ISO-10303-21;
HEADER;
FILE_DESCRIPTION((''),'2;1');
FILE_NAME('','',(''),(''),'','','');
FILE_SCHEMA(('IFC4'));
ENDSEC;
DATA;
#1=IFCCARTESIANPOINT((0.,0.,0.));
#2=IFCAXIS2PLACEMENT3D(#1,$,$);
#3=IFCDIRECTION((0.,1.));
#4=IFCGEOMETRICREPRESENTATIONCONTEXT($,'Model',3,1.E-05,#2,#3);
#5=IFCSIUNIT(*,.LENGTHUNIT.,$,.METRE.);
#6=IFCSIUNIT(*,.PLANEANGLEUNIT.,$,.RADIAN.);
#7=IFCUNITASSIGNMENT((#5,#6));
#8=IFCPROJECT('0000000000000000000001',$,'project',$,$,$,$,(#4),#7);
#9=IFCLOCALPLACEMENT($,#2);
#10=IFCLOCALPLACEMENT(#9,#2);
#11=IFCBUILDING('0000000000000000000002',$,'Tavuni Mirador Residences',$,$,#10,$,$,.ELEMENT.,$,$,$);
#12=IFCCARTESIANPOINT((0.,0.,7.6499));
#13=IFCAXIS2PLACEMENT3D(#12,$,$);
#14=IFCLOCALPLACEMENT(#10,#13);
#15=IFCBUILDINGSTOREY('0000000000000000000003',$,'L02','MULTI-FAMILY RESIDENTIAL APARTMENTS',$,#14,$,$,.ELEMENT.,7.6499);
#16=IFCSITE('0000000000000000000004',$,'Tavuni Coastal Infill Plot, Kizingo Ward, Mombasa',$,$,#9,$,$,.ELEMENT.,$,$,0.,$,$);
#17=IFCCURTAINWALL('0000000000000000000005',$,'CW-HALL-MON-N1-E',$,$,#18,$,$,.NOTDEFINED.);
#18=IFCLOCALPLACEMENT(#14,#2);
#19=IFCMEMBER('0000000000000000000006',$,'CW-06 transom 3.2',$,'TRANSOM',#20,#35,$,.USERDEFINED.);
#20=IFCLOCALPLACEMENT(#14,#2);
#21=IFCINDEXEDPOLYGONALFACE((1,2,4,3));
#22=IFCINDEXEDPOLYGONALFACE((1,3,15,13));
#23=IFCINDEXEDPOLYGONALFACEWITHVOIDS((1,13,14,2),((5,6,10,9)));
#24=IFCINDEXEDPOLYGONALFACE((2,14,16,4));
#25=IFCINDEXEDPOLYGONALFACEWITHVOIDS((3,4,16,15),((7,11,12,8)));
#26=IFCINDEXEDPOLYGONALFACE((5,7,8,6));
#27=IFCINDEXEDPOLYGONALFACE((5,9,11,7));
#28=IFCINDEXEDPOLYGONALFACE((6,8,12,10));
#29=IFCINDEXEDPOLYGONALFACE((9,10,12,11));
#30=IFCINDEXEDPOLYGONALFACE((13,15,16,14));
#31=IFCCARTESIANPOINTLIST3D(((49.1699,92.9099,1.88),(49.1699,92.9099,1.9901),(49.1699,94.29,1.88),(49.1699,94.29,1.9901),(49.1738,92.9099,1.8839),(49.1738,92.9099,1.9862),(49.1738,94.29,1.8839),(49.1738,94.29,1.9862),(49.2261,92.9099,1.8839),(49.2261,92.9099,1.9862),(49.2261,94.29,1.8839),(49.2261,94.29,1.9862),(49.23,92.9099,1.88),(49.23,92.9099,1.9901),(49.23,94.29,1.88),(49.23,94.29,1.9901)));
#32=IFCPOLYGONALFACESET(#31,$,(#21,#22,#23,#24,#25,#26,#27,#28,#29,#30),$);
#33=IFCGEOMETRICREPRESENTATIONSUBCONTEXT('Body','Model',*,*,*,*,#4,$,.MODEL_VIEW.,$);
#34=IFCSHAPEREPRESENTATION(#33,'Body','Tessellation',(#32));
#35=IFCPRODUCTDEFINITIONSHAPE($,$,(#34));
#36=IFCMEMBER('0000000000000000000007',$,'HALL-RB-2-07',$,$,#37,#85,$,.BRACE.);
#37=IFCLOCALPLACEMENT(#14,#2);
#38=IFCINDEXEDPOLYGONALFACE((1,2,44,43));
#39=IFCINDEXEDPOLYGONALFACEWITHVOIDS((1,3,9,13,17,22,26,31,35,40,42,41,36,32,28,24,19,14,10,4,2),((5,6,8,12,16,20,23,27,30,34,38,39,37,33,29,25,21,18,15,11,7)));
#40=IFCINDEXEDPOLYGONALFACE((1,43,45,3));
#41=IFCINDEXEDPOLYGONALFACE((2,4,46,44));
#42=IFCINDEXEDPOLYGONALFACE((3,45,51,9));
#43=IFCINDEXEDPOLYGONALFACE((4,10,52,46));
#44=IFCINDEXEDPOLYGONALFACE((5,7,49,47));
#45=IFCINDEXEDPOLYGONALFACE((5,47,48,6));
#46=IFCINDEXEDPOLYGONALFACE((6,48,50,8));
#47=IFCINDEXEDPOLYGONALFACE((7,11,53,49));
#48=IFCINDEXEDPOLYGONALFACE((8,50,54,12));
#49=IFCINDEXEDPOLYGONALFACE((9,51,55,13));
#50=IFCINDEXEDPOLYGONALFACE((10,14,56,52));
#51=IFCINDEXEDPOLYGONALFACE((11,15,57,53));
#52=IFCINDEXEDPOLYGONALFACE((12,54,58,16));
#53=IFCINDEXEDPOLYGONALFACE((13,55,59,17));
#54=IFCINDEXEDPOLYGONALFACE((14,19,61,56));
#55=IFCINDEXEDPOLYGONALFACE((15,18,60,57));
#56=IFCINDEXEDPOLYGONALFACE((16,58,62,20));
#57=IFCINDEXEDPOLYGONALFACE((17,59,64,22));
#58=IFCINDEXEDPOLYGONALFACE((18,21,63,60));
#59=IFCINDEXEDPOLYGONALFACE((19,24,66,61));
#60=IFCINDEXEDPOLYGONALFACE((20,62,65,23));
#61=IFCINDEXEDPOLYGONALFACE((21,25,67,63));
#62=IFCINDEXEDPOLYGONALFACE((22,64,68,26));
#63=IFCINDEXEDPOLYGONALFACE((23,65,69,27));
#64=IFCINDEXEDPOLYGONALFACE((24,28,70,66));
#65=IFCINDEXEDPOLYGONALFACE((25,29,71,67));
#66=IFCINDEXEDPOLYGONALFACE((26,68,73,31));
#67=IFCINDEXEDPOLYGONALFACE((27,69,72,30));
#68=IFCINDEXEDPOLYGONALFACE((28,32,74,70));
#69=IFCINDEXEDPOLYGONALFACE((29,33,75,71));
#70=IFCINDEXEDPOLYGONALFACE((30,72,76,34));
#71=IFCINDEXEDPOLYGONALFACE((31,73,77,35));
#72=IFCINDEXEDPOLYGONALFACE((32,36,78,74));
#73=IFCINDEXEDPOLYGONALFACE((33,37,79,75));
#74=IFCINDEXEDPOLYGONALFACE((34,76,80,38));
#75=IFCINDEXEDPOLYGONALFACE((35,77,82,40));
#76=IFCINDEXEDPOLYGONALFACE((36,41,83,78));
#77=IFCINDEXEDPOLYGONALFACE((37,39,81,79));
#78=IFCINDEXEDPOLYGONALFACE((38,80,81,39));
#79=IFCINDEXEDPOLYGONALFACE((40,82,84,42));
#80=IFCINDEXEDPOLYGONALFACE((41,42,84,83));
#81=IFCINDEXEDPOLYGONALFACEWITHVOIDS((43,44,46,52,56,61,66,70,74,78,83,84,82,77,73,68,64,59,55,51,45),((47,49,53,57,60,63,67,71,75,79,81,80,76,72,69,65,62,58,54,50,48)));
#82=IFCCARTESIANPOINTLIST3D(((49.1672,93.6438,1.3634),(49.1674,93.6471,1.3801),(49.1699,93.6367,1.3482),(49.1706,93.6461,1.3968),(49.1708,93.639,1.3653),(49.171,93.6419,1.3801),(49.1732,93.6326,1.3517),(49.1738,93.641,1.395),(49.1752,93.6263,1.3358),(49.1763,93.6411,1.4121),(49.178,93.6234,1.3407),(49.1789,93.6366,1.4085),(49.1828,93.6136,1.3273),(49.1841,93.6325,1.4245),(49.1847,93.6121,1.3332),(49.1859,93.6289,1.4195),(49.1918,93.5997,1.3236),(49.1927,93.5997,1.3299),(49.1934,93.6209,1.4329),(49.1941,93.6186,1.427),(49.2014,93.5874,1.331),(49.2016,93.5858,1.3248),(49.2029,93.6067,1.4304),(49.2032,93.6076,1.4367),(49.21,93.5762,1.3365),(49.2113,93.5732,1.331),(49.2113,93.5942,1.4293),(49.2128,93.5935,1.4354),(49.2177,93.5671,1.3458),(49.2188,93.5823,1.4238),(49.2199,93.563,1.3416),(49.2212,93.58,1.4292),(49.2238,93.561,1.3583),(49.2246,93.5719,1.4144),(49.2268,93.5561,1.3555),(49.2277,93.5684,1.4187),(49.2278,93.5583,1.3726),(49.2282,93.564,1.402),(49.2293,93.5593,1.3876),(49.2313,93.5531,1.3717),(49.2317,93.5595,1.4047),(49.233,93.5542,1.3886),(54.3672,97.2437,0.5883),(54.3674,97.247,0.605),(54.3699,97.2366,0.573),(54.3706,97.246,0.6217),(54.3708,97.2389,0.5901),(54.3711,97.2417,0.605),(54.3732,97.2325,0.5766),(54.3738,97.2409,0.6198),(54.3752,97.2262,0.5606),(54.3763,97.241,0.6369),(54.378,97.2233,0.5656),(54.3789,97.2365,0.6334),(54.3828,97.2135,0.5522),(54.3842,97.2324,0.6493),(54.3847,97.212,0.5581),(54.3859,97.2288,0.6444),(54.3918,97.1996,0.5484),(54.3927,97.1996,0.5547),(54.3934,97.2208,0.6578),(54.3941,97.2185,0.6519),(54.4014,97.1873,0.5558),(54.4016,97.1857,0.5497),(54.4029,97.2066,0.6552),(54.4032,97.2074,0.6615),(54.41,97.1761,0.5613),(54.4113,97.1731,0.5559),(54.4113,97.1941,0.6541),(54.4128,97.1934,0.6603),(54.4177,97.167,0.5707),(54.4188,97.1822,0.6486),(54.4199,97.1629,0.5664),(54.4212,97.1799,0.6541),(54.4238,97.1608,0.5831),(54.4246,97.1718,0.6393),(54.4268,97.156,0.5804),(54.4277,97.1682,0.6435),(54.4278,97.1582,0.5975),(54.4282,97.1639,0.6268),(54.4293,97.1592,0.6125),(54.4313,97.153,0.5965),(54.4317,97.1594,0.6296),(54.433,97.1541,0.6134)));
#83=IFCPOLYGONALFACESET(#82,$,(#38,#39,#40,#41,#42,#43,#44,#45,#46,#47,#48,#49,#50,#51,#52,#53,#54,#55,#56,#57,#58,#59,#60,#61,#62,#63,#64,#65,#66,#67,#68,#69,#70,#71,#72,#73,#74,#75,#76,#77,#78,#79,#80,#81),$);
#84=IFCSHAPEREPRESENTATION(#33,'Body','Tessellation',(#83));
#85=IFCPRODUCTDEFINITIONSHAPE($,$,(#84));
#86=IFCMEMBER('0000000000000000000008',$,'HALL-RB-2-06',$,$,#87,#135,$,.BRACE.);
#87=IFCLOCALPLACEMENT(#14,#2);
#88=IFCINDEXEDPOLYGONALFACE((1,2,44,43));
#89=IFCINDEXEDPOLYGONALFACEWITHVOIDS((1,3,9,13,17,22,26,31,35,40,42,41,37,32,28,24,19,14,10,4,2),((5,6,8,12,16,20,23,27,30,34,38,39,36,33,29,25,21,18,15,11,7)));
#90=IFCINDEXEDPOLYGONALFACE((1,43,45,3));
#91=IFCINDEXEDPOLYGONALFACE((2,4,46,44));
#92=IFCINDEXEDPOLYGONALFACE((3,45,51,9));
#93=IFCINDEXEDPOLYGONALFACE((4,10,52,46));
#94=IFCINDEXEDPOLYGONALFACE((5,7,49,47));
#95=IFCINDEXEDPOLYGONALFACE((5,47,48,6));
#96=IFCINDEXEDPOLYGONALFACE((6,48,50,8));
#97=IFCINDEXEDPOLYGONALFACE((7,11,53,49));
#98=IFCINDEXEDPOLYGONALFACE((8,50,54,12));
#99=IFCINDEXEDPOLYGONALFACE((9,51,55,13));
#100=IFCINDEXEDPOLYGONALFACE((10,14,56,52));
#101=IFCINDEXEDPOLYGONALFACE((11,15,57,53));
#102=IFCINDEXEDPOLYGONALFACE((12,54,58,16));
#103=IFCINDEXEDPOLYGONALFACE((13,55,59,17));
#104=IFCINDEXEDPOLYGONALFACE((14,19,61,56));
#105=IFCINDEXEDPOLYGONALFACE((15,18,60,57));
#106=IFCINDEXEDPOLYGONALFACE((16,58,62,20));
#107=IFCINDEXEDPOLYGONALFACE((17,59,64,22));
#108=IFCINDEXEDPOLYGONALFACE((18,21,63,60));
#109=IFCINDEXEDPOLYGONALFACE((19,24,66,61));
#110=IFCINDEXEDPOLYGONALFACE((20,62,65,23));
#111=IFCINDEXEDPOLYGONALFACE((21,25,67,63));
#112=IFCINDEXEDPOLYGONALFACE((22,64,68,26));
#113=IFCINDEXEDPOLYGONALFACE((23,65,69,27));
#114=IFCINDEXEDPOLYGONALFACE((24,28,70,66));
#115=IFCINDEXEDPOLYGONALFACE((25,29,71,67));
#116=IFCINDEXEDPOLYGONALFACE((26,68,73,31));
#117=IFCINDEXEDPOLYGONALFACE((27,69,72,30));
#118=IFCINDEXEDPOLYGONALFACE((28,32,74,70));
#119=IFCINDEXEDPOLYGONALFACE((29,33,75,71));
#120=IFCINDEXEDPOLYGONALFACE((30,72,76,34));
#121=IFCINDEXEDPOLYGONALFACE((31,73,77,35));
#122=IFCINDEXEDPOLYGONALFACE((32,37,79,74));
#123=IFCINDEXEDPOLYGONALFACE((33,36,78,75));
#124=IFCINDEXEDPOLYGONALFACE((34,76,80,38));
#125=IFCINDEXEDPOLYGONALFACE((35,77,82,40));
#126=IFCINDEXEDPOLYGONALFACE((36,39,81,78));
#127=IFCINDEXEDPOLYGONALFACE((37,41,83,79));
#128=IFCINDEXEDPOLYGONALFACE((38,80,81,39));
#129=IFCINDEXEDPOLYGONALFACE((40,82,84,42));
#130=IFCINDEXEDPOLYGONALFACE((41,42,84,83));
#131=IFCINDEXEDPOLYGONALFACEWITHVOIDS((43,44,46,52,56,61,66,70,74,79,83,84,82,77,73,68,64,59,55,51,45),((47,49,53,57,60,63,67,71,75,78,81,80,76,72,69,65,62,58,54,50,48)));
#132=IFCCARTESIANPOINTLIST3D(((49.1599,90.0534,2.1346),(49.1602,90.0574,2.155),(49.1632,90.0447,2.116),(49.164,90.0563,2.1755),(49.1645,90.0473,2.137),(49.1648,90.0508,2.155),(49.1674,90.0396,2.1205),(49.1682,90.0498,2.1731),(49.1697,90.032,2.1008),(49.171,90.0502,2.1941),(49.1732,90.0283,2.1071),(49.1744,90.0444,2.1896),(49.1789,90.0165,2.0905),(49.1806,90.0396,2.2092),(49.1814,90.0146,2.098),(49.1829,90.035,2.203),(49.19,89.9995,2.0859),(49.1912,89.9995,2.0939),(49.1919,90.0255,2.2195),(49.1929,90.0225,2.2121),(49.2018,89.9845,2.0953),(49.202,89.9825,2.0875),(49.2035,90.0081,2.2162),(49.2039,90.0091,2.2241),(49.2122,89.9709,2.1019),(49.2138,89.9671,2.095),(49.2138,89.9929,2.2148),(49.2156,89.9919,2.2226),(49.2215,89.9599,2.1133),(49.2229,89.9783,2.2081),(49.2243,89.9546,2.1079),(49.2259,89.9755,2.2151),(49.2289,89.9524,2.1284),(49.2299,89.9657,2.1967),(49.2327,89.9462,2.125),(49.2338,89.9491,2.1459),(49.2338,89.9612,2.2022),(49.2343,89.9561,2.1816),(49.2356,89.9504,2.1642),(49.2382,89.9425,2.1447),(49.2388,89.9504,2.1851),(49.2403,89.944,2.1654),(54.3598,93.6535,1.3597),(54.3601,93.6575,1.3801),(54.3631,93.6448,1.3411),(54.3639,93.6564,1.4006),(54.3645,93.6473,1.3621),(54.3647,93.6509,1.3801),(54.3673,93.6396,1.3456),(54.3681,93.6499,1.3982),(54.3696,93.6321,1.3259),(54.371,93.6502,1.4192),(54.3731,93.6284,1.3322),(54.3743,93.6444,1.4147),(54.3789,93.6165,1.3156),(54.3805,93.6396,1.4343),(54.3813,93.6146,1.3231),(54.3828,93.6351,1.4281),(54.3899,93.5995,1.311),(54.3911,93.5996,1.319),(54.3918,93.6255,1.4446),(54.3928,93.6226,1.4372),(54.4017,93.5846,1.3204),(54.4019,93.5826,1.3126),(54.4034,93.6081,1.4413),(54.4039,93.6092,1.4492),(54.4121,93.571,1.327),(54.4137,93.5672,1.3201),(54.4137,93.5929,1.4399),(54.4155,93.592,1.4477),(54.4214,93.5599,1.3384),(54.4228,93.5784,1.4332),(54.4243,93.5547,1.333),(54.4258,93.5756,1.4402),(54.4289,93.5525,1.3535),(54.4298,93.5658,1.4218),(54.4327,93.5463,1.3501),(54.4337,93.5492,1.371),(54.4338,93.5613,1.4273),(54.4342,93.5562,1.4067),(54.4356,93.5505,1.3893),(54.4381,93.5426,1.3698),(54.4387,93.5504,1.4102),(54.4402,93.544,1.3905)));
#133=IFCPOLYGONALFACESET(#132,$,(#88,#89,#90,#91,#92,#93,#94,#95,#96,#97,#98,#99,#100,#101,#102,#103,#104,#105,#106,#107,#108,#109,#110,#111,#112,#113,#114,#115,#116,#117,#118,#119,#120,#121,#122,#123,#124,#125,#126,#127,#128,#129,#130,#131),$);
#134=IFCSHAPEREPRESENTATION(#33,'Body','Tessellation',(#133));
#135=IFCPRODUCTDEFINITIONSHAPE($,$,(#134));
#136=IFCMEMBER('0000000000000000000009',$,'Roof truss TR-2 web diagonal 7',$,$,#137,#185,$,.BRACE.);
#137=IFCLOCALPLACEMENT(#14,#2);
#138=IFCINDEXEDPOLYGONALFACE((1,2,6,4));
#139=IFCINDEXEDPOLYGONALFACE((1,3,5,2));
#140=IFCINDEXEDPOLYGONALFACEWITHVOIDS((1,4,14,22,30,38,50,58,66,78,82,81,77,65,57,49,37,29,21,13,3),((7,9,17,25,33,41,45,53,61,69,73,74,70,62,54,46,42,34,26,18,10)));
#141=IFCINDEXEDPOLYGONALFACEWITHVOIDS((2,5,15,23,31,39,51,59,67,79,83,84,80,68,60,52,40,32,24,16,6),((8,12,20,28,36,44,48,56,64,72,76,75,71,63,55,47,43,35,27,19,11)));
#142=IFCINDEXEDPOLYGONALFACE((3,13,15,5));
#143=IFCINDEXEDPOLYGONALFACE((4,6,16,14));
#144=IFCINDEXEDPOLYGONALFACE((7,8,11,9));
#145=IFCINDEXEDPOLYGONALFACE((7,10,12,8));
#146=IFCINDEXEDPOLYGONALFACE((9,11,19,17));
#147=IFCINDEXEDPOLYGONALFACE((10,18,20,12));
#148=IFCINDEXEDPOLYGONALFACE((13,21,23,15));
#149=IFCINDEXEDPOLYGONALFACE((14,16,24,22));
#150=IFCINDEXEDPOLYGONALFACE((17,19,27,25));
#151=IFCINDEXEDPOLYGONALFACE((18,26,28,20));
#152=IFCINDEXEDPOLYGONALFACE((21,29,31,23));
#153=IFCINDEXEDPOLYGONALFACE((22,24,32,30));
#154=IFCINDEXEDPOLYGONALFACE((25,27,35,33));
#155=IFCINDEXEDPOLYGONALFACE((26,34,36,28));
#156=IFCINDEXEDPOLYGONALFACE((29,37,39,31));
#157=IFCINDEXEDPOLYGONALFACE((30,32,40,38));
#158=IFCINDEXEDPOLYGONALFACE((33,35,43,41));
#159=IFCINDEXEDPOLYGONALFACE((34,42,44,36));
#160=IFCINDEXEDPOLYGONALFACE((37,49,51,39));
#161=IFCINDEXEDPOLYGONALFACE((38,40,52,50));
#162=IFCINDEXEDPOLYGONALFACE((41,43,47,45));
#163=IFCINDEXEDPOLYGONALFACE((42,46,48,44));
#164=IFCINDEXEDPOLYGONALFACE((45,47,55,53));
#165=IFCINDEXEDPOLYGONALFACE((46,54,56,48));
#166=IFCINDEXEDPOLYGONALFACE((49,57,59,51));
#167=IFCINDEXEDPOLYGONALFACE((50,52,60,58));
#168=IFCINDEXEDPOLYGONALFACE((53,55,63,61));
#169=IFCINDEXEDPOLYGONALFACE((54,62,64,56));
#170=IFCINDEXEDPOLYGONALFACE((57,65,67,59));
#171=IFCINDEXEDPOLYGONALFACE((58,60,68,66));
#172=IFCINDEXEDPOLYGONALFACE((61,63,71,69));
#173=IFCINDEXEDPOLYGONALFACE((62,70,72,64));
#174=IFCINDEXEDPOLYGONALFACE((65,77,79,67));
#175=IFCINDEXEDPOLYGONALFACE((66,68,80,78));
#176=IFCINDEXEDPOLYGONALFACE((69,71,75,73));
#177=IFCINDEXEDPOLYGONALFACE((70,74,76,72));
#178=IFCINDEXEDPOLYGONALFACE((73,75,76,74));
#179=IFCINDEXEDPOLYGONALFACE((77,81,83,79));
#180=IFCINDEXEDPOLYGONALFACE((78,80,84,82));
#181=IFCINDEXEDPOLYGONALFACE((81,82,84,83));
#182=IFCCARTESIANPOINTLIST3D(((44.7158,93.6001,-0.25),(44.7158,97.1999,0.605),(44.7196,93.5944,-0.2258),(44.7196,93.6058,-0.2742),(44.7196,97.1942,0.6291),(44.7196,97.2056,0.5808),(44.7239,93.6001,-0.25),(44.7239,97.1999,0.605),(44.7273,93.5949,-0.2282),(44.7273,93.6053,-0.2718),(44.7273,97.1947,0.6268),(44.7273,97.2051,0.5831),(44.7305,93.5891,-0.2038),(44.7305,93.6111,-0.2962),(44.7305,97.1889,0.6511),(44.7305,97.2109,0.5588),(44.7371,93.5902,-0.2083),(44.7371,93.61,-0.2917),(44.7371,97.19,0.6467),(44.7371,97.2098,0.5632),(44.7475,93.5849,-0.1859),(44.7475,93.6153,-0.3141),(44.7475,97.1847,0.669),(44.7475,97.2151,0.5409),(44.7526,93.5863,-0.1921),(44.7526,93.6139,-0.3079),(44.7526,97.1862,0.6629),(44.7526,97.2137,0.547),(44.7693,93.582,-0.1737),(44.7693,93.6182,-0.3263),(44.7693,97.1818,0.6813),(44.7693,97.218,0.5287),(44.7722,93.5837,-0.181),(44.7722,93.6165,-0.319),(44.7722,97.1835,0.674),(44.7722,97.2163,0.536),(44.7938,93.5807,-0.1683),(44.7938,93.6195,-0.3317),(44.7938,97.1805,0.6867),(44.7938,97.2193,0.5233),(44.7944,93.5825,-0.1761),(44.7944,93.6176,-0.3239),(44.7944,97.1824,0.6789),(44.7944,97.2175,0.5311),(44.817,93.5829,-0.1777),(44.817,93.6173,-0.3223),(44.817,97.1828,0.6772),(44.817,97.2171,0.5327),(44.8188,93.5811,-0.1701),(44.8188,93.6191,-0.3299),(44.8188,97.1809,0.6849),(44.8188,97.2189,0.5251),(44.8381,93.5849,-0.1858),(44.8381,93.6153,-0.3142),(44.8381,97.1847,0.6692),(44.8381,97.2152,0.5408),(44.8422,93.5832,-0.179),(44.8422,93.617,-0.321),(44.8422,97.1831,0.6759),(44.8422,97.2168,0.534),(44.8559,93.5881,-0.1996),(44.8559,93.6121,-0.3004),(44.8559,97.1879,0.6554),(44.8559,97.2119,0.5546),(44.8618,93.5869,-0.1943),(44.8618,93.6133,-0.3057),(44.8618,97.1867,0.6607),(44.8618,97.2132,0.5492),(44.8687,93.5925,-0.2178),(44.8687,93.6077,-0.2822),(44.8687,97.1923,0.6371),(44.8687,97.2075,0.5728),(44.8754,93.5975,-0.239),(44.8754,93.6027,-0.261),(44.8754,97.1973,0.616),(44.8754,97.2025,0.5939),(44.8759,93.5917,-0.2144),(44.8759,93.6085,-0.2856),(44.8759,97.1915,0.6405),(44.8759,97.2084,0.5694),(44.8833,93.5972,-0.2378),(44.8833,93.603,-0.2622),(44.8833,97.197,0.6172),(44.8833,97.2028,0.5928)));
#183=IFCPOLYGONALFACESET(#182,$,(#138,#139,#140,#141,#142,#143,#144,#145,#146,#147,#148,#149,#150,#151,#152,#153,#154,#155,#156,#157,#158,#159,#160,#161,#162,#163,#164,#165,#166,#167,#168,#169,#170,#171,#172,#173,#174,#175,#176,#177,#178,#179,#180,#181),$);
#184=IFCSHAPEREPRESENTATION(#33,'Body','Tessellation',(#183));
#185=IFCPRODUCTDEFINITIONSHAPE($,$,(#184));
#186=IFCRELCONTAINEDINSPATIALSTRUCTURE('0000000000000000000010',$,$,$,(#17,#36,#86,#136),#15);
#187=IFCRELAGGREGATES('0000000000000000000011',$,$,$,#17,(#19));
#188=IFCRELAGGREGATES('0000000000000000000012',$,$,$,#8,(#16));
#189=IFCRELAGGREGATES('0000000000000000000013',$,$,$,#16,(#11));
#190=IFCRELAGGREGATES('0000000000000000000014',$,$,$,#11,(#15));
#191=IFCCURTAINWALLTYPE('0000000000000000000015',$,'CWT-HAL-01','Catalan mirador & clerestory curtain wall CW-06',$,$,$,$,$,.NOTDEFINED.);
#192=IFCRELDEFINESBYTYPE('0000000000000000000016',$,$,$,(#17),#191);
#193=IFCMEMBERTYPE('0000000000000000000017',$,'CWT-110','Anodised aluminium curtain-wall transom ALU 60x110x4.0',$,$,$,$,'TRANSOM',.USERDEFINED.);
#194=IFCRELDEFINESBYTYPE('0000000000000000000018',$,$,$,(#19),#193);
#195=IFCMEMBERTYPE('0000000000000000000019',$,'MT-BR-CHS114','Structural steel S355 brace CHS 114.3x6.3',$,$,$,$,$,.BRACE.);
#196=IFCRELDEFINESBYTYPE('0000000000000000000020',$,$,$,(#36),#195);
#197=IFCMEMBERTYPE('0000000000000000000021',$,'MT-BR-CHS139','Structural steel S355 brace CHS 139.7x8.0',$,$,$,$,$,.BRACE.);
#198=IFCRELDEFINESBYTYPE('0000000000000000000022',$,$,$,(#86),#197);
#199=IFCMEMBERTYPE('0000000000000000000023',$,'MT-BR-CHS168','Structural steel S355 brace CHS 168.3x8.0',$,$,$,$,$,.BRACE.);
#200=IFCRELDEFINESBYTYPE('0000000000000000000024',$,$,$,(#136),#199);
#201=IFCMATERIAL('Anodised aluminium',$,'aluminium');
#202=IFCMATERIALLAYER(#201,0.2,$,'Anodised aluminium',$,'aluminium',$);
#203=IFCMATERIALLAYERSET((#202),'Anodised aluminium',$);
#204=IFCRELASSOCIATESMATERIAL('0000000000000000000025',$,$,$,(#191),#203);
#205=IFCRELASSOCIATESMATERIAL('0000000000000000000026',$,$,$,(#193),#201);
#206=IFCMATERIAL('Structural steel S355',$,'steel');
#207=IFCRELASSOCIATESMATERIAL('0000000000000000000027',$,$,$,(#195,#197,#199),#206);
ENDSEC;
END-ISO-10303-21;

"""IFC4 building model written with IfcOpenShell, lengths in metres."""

from ifc_helpers import new_model, si_unit, direction, frame, origin, origin_2d, place, context, subcontext, project, spatial, hollow_rectangle, hollow_circle, extrude, material, layer, layer_set, material_profile, profile_set, type_object, element, aggregate, save


model = new_model("IFC4")

# Units and contexts
model_context = context("Model", 3, precision=1e-05, world=origin(), true_north=direction((0.0, 1.0)))
body_context = subcontext(model_context, "Body", "Model", "MODEL_VIEW")
ifc_project = project(units=[si_unit("LENGTHUNIT", "METRE"), si_unit("PLANEANGLEUNIT", "RADIAN")], contexts=[model_context])

# Site, building, storey
site_placement = place(None, origin())
site = spatial("IfcSite", under=ifc_project, at=site_placement, Name="Tavuni Coastal Infill Plot, Kizingo Ward, Mombasa", CompositionType="ELEMENT", RefElevation=0.0)
building_placement = place(site_placement, origin())
building = spatial("IfcBuilding", under=site, at=building_placement, Name="Tavuni Mirador Residences", CompositionType="ELEMENT")
storey_placement = place(building_placement, frame((0.0, 0.0, 7.6499)))
storey = spatial("IfcBuildingStorey", under=building, at=storey_placement, Name="L02", Description="MULTI-FAMILY RESIDENTIAL APARTMENTS", CompositionType="ELEMENT", Elevation=7.6499)

# Shared definitions
ifc_material_1 = material(Name="Anodised aluminium", Category="aluminium")
ifc_layer_1 = layer(ifc_material_1, 0.2, Name="Anodised aluminium", Category="aluminium")
ifc_layer_set_1 = layer_set([ifc_layer_1], Name="Anodised aluminium")
curtain_wall_type = type_object("IfcCurtainWallType", Name="CWT-HAL-01", Description="Catalan mirador & clerestory curtain wall CW-06", PredefinedType="NOTDEFINED", material=ifc_layer_set_1)

# Curtain wall
curtain_wall_1_placement = place(storey_placement, origin())
curtain_wall_1 = element("IfcCurtainWall", 1, at=curtain_wall_1_placement, inside=storey, type_object=curtain_wall_type, Name="CW-HALL-MON-N1-E", PredefinedType="NOTDEFINED")

# Member
ifc_material_profile_1 = material_profile(ifc_material_1, hollow_rectangle(XDim=0.0601, YDim=0.1101, WallThickness=0.0039, at=origin_2d()), Name="ALU 60x110x4.0", Category="aluminium")
ifc_profile_set_1 = profile_set([ifc_material_profile_1], Name="Anodised aluminium")
member_type_1 = type_object("IfcMemberType", Name="CWT-110", Description="Anodised aluminium curtain-wall transom ALU 60x110x4.0", ElementType="TRANSOM", PredefinedType="USERDEFINED", material=ifc_profile_set_1)
member_1_placement = place(storey_placement, frame((49.2, 92.9099, 1.9351), z_axis=(0.0, 1.0, 0.0), x_axis=(-1.0, 0.0, 0.0)))
member_1 = element("IfcMember", 2, at=member_1_placement, type_object=member_type_1, Name="CW-06 transom 3.2", ObjectType="TRANSOM", PredefinedType="USERDEFINED", context=body_context, shape_type="SweptSolid", body=[
    extrude(hollow_rectangle(XDim=0.0601, YDim=0.1101, WallThickness=0.0039, at=origin_2d()), origin(), (0.0, 0.0, 1.0), 1.3801),
])

# Members
ifc_material_2 = material(Name="Structural steel S355", Category="steel")
ifc_material_profile_2 = material_profile(ifc_material_2, hollow_circle(Radius=0.0571, WallThickness=0.0063, at=origin_2d()), Name="CHS 114.3x6.3", Category="steel")
ifc_profile_set_2 = profile_set([ifc_material_profile_2], Name="Structural steel S355")
member_type_2 = type_object("IfcMemberType", Name="MT-BR-CHS114", Description="Structural steel S355 brace CHS 114.3x6.3", PredefinedType="BRACE", material=ifc_profile_set_2)
member_2_placement = place(storey_placement, frame((49.2, 93.6001, 1.3801), z_axis=(0.816094, 0.56497, -0.121653), x_axis=(-0.569198, 0.822201, 0.0)))
element("IfcMember", 3, at=member_2_placement, inside=storey, type_object=member_type_2, Name="HALL-RB-2-07", PredefinedType="BRACE", context=body_context, shape_type="SweptSolid", body=[
    extrude(hollow_circle(Radius=0.0571, WallThickness=0.0063, at=origin_2d()), origin(), (0.0, 0.0, 1.0), 6.3718),
])
ifc_material_profile_3 = material_profile(ifc_material_2, hollow_circle(Radius=0.0698, WallThickness=0.0081, at=origin_2d()), Name="CHS 139.7x8.0", Category="steel")
ifc_profile_set_3 = profile_set([ifc_material_profile_3], Name="Structural steel S355")
member_type_3 = type_object("IfcMemberType", Name="MT-BR-CHS139", Description="Structural steel S355 brace CHS 139.7x8.0", PredefinedType="BRACE", material=ifc_profile_set_3)
member_3_placement = place(storey_placement, frame((49.2, 90.0, 2.155), z_axis=(0.81608, 0.564999, -0.121613), x_axis=(-0.569224, 0.822182, 0.0)))
element("IfcMember", 4, at=member_3_placement, inside=storey, type_object=member_type_3, Name="HALL-RB-2-06", PredefinedType="BRACE", context=body_context, shape_type="SweptSolid", body=[
    extrude(hollow_circle(Radius=0.0698, WallThickness=0.0081, at=origin_2d()), origin(), (0.0, 0.0, 1.0), 6.3718),
])
ifc_material_profile_4 = material_profile(ifc_material_2, hollow_circle(Radius=0.0842, WallThickness=0.0081, at=origin_2d()), Name="CHS 168.3x8.0", Category="steel")
ifc_profile_set_4 = profile_set([ifc_material_profile_4], Name="Structural steel S355")
member_type_4 = type_object("IfcMemberType", Name="MT-BR-CHS168", Description="Structural steel S355 brace CHS 168.3x8.0", PredefinedType="BRACE", material=ifc_profile_set_4)
member_4_placement = place(storey_placement, frame((44.8, 93.6001, -0.25), z_axis=(0.0, 0.972936, 0.231076), x_axis=(-1.0, 0.0, 0.0)))
element("IfcMember", 5, at=member_4_placement, inside=storey, type_object=member_type_4, Name="Roof truss TR-2 web diagonal 7", PredefinedType="BRACE", context=body_context, shape_type="SweptSolid", body=[
    extrude(hollow_circle(Radius=0.0842, WallThickness=0.0081, at=origin_2d()), origin(), (0.0, 0.0, 1.0), 3.7),
])

aggregate(curtain_wall_1, [member_1])

save(model, "model.ifc")
